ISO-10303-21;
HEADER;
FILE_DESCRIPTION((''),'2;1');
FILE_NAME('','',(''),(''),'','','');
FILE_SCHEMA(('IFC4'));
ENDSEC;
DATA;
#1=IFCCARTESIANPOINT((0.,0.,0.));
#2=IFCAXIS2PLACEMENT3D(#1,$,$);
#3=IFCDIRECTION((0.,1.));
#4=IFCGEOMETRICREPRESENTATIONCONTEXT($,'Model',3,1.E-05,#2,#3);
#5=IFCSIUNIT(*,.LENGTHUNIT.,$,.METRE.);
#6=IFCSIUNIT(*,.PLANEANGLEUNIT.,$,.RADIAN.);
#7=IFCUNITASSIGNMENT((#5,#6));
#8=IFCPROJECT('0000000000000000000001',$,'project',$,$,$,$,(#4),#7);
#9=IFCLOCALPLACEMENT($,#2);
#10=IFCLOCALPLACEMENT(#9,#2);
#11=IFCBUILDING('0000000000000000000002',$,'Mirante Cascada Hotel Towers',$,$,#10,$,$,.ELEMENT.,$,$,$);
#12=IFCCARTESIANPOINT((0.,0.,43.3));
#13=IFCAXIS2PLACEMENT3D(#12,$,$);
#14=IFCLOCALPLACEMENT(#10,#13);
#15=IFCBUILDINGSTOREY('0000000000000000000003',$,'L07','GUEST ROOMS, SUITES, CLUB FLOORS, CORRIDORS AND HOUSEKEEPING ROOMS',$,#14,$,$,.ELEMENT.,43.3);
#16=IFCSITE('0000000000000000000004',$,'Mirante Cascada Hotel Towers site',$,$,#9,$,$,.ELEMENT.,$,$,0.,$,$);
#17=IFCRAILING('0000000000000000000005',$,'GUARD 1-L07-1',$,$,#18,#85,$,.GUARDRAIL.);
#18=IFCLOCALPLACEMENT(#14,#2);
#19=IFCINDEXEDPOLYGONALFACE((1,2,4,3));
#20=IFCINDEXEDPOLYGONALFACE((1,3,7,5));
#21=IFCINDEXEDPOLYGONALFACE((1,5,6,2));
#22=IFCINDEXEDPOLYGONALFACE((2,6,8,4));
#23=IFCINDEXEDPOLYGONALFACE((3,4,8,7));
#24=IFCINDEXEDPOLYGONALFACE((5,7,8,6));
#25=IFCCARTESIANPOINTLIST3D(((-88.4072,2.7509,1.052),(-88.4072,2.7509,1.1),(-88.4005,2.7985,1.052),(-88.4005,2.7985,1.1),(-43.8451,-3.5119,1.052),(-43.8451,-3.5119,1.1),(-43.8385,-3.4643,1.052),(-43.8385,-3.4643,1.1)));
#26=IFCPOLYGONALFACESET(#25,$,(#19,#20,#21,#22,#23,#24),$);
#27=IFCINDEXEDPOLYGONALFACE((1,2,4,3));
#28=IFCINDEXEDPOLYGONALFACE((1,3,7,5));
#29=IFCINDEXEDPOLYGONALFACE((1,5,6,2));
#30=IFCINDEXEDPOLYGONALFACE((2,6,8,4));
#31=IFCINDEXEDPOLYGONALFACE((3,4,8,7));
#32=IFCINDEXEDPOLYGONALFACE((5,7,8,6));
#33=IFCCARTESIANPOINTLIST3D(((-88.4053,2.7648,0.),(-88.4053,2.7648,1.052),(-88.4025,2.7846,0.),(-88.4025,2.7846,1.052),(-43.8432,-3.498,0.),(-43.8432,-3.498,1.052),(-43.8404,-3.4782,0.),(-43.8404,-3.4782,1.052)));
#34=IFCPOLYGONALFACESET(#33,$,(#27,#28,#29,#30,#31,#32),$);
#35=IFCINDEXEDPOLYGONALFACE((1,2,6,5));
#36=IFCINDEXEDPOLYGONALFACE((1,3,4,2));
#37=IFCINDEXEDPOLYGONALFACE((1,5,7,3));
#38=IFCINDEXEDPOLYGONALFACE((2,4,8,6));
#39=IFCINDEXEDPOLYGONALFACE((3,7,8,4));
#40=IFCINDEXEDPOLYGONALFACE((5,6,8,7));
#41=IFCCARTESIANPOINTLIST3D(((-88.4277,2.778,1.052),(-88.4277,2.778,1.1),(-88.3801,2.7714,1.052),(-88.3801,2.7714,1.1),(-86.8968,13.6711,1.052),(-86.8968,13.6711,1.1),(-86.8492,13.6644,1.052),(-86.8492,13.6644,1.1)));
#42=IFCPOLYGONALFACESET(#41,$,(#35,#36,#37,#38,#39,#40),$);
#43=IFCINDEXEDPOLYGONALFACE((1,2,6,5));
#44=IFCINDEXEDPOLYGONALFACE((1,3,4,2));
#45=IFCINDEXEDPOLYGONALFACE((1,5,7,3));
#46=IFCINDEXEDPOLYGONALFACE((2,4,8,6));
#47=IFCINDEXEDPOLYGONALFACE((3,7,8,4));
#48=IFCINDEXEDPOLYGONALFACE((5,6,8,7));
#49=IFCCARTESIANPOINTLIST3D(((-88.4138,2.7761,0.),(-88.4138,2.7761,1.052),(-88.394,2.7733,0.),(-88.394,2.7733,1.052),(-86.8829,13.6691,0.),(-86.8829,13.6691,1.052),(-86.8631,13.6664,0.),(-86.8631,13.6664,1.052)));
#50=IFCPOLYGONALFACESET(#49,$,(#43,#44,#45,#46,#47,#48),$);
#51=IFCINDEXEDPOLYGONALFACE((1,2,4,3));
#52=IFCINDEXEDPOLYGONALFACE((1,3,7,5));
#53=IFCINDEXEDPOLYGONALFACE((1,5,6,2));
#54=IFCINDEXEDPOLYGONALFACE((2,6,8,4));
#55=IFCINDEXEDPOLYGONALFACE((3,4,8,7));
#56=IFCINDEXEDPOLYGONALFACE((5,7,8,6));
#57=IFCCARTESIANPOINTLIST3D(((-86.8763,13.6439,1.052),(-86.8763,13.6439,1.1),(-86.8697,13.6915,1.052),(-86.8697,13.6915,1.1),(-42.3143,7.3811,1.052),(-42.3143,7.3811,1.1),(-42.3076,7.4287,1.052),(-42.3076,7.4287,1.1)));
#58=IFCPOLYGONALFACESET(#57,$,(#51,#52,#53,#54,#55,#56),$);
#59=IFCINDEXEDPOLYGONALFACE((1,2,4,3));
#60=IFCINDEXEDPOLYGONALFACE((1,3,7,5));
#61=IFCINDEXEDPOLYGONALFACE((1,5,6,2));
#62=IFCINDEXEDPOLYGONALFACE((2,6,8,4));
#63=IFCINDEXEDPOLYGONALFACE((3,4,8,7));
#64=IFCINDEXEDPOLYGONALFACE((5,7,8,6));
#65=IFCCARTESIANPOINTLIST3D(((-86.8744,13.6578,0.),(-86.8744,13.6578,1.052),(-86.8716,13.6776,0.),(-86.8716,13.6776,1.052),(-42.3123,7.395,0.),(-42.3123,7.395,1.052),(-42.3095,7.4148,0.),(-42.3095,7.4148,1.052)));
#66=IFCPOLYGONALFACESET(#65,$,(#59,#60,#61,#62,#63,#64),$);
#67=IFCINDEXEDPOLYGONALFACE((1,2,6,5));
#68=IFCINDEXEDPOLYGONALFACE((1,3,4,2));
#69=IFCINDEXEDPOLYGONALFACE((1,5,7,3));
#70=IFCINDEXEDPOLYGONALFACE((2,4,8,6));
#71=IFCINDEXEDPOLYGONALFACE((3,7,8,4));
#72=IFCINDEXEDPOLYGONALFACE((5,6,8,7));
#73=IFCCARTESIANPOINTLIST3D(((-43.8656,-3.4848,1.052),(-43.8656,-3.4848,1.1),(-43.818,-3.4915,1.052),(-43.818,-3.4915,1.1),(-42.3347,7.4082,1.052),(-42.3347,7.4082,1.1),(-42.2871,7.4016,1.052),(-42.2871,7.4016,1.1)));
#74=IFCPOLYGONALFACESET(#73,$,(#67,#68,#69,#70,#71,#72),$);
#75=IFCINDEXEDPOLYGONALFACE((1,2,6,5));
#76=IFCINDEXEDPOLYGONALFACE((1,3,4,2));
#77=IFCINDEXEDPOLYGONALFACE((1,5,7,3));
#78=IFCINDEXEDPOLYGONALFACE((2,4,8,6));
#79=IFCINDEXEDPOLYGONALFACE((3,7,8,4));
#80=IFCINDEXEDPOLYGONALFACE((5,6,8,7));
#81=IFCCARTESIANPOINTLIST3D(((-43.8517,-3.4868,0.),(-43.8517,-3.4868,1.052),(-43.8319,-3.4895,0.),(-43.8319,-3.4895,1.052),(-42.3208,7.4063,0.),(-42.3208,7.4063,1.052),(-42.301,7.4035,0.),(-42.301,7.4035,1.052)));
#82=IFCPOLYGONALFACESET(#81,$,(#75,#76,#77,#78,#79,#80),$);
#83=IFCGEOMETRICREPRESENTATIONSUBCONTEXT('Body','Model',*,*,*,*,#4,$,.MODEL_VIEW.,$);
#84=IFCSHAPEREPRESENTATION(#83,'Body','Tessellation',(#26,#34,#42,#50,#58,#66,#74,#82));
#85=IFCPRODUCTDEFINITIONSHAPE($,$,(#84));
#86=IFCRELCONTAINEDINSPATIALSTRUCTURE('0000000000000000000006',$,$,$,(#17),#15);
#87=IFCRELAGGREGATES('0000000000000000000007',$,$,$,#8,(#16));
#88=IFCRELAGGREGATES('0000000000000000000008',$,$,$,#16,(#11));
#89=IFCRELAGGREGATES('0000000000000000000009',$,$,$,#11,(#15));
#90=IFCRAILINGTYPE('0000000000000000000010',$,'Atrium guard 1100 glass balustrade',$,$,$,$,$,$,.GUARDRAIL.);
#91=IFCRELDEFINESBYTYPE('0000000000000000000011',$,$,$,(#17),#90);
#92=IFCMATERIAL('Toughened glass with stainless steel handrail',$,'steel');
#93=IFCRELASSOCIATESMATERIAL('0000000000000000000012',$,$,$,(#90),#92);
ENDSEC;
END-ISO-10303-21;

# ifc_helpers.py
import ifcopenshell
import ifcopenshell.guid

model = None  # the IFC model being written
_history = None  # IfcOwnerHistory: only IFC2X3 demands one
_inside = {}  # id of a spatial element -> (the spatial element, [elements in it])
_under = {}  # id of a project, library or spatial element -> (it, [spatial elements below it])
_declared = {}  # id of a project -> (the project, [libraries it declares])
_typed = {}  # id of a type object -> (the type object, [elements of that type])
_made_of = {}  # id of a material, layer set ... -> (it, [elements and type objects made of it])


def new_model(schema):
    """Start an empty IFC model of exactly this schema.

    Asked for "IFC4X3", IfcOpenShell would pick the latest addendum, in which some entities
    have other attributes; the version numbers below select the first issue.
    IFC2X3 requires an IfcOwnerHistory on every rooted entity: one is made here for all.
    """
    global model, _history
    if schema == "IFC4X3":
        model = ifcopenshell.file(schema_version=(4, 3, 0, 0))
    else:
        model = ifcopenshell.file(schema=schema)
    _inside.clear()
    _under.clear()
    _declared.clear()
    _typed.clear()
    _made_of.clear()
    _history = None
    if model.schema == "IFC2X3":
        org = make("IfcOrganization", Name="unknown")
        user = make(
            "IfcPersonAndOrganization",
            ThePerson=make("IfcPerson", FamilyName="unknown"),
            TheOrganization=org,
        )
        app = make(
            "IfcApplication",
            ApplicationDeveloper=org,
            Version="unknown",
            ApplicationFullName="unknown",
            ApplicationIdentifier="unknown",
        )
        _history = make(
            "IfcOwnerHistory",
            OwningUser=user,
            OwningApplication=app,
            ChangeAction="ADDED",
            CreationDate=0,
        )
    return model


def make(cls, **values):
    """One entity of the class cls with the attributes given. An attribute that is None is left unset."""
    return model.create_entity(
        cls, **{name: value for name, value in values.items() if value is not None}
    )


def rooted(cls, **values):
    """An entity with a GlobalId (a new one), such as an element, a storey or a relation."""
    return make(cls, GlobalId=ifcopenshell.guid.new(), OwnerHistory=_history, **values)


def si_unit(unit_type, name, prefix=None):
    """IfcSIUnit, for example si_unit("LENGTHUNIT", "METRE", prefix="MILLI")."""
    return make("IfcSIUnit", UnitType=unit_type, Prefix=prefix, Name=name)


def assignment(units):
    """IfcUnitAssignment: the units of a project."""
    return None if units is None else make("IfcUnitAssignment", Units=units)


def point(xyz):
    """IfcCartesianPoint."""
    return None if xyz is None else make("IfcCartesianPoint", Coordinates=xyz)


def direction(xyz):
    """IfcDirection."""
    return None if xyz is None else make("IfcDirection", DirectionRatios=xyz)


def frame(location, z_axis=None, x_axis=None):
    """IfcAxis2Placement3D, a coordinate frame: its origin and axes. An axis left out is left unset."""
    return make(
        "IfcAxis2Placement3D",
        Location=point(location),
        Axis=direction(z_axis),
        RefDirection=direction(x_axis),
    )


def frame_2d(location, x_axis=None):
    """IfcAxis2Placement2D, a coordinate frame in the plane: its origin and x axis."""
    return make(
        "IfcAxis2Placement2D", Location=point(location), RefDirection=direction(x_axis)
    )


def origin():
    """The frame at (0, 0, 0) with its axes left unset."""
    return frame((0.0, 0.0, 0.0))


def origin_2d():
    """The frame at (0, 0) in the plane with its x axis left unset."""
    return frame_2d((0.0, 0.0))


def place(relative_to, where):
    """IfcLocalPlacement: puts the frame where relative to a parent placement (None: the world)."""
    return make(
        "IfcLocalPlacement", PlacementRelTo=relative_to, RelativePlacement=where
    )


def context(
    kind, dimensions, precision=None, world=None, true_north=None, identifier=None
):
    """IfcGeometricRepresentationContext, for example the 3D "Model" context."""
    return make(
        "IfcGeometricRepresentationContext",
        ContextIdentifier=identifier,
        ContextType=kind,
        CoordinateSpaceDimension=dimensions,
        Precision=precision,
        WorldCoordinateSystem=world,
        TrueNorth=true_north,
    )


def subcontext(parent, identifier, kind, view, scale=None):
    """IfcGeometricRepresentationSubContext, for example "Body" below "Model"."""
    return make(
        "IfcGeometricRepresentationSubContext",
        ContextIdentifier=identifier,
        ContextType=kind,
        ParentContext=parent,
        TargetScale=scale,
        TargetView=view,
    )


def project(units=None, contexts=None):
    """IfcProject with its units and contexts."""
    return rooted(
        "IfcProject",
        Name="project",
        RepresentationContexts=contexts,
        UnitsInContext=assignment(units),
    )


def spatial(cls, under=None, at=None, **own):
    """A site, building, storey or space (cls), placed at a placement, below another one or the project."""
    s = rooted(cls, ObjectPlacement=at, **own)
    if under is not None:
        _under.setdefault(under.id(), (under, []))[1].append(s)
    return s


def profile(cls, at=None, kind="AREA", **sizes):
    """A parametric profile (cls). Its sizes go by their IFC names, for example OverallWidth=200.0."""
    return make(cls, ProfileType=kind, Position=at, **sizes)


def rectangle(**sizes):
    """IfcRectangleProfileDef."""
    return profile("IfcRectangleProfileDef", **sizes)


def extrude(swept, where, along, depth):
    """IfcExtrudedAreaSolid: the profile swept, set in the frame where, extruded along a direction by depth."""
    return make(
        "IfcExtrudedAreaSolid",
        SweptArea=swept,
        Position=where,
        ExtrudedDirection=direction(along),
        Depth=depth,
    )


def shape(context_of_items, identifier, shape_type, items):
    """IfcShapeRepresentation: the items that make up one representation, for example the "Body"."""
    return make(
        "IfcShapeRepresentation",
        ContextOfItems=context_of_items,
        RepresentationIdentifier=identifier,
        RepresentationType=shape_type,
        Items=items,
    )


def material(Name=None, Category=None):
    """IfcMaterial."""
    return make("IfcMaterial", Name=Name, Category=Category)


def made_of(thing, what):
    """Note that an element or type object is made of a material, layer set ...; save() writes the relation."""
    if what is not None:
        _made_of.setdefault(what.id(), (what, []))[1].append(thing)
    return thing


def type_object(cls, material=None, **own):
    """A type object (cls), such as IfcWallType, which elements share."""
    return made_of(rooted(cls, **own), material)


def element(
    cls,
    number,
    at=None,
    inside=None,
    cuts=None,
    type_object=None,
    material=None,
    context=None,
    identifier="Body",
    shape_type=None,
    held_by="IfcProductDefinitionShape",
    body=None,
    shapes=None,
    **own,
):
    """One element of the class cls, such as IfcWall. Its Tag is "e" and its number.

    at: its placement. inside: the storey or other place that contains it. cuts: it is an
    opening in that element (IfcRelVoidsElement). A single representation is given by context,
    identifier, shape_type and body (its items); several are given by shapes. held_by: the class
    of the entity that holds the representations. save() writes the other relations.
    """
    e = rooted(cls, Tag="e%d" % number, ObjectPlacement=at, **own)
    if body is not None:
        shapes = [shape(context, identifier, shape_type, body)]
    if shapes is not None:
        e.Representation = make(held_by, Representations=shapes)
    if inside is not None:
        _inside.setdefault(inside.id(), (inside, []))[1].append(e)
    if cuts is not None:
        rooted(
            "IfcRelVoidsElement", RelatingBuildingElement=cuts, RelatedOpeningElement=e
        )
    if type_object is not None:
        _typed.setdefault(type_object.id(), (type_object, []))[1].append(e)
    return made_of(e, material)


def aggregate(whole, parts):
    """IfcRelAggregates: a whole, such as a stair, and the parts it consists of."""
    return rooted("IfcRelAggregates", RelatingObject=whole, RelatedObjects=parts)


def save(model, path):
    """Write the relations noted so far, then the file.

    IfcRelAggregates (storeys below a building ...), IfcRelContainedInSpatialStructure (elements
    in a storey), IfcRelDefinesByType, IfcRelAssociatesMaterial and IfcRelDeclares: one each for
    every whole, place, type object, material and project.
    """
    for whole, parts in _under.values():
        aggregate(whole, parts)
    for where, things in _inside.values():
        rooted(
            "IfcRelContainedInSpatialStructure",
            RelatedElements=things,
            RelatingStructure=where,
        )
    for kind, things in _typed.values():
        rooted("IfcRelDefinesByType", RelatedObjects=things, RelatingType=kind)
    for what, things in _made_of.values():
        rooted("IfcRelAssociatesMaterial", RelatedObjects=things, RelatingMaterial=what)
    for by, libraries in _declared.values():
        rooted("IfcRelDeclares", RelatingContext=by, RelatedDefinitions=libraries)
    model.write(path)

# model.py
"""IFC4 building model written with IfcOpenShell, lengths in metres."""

from ifc_helpers import new_model, si_unit, direction, frame, origin, origin_2d, place, context, subcontext, project, spatial, rectangle, extrude, material, type_object, element, save


model = new_model("IFC4")

# Units and contexts
model_context = context("Model", 3, precision=1e-05, world=origin(), true_north=direction((0.0, 1.0)))
body_context = subcontext(model_context, "Body", "Model", "MODEL_VIEW")
ifc_project = project(units=[si_unit("LENGTHUNIT", "METRE"), si_unit("PLANEANGLEUNIT", "RADIAN")], contexts=[model_context])

# Site, building, storey
site_placement = place(None, origin())
site = spatial("IfcSite", under=ifc_project, at=site_placement, Name="Mirante Cascada Hotel Towers site", CompositionType="ELEMENT", RefElevation=0.0)
building_placement = place(site_placement, origin())
building = spatial("IfcBuilding", under=site, at=building_placement, Name="Mirante Cascada Hotel Towers", CompositionType="ELEMENT")
storey_placement = place(building_placement, frame((0.0, 0.0, 43.3)))
storey = spatial("IfcBuildingStorey", under=building, at=storey_placement, Name="L07", Description="GUEST ROOMS, SUITES, CLUB FLOORS, CORRIDORS AND HOUSEKEEPING ROOMS", CompositionType="ELEMENT", Elevation=43.3)

# Railing
ifc_material_1 = material(Name="Toughened glass with stainless steel handrail", Category="steel")
railing_type = type_object("IfcRailingType", Name="Atrium guard 1100 glass balustrade", PredefinedType="GUARDRAIL", material=ifc_material_1)
railing_placement = place(storey_placement, frame((-43.8418, -3.4881, 0.0)))
element("IfcRailing", 1, at=railing_placement, inside=storey, type_object=railing_type, Name="GUARD 1-L07-1", PredefinedType="GUARDRAIL", context=body_context, shape_type="SweptSolid", body=[
    extrude(rectangle(XDim=0.048, YDim=0.048, at=origin_2d()), frame((0.0, 0.0, 1.076), z_axis=(-0.990268, 0.139173, 0.0), x_axis=(-0.139173, -0.990268, 0.0)), (0.0, 0.0, 1.0), 45.0),
    extrude(rectangle(XDim=0.02, YDim=1.052, at=origin_2d()), frame((0.0, 0.0, 0.526), z_axis=(-0.990268, 0.139173, 0.0), x_axis=(-0.139173, -0.990268, 0.0)), (0.0, 0.0, 1.0), 45.0),
    extrude(rectangle(XDim=0.048, YDim=0.048, at=origin_2d()), frame((-44.5621, 6.2628, 1.076), z_axis=(0.139172, 0.990268, 0.0), x_axis=(-0.990268, 0.139172, 0.0)), (0.0, 0.0, 1.0), 11.0001),
    extrude(rectangle(XDim=0.02, YDim=1.052, at=origin_2d()), frame((-44.5621, 6.2628, 0.526), z_axis=(0.139172, 0.990268, 0.0), x_axis=(-0.990268, 0.139172, 0.0)), (0.0, 0.0, 1.0), 11.0001),
    extrude(rectangle(XDim=0.048, YDim=0.048, at=origin_2d()), frame((-43.0312, 17.1558, 1.076), z_axis=(0.990268, -0.139173, 0.0), x_axis=(0.139173, 0.990268, 0.0)), (0.0, 0.0, 1.0), 45.0),
    extrude(rectangle(XDim=0.02, YDim=1.052, at=origin_2d()), frame((-43.0312, 17.1558, 0.526), z_axis=(0.990268, -0.139173, 0.0), x_axis=(0.139173, 0.990268, 0.0)), (0.0, 0.0, 1.0), 45.0),
    extrude(rectangle(XDim=0.048, YDim=0.048, at=origin_2d()), frame((1.5309, 10.893, 1.076), z_axis=(-0.139172, -0.990268, 0.0), x_axis=(0.990268, -0.139172, 0.0)), (0.0, 0.0, 1.0), 11.0001),
    extrude(rectangle(XDim=0.02, YDim=1.052, at=origin_2d()), frame((1.5309, 10.893, 0.526), z_axis=(-0.139172, -0.990268, 0.0), x_axis=(0.990268, -0.139172, 0.0)), (0.0, 0.0, 1.0), 11.0001),
])

save(model, "model.ifc")
